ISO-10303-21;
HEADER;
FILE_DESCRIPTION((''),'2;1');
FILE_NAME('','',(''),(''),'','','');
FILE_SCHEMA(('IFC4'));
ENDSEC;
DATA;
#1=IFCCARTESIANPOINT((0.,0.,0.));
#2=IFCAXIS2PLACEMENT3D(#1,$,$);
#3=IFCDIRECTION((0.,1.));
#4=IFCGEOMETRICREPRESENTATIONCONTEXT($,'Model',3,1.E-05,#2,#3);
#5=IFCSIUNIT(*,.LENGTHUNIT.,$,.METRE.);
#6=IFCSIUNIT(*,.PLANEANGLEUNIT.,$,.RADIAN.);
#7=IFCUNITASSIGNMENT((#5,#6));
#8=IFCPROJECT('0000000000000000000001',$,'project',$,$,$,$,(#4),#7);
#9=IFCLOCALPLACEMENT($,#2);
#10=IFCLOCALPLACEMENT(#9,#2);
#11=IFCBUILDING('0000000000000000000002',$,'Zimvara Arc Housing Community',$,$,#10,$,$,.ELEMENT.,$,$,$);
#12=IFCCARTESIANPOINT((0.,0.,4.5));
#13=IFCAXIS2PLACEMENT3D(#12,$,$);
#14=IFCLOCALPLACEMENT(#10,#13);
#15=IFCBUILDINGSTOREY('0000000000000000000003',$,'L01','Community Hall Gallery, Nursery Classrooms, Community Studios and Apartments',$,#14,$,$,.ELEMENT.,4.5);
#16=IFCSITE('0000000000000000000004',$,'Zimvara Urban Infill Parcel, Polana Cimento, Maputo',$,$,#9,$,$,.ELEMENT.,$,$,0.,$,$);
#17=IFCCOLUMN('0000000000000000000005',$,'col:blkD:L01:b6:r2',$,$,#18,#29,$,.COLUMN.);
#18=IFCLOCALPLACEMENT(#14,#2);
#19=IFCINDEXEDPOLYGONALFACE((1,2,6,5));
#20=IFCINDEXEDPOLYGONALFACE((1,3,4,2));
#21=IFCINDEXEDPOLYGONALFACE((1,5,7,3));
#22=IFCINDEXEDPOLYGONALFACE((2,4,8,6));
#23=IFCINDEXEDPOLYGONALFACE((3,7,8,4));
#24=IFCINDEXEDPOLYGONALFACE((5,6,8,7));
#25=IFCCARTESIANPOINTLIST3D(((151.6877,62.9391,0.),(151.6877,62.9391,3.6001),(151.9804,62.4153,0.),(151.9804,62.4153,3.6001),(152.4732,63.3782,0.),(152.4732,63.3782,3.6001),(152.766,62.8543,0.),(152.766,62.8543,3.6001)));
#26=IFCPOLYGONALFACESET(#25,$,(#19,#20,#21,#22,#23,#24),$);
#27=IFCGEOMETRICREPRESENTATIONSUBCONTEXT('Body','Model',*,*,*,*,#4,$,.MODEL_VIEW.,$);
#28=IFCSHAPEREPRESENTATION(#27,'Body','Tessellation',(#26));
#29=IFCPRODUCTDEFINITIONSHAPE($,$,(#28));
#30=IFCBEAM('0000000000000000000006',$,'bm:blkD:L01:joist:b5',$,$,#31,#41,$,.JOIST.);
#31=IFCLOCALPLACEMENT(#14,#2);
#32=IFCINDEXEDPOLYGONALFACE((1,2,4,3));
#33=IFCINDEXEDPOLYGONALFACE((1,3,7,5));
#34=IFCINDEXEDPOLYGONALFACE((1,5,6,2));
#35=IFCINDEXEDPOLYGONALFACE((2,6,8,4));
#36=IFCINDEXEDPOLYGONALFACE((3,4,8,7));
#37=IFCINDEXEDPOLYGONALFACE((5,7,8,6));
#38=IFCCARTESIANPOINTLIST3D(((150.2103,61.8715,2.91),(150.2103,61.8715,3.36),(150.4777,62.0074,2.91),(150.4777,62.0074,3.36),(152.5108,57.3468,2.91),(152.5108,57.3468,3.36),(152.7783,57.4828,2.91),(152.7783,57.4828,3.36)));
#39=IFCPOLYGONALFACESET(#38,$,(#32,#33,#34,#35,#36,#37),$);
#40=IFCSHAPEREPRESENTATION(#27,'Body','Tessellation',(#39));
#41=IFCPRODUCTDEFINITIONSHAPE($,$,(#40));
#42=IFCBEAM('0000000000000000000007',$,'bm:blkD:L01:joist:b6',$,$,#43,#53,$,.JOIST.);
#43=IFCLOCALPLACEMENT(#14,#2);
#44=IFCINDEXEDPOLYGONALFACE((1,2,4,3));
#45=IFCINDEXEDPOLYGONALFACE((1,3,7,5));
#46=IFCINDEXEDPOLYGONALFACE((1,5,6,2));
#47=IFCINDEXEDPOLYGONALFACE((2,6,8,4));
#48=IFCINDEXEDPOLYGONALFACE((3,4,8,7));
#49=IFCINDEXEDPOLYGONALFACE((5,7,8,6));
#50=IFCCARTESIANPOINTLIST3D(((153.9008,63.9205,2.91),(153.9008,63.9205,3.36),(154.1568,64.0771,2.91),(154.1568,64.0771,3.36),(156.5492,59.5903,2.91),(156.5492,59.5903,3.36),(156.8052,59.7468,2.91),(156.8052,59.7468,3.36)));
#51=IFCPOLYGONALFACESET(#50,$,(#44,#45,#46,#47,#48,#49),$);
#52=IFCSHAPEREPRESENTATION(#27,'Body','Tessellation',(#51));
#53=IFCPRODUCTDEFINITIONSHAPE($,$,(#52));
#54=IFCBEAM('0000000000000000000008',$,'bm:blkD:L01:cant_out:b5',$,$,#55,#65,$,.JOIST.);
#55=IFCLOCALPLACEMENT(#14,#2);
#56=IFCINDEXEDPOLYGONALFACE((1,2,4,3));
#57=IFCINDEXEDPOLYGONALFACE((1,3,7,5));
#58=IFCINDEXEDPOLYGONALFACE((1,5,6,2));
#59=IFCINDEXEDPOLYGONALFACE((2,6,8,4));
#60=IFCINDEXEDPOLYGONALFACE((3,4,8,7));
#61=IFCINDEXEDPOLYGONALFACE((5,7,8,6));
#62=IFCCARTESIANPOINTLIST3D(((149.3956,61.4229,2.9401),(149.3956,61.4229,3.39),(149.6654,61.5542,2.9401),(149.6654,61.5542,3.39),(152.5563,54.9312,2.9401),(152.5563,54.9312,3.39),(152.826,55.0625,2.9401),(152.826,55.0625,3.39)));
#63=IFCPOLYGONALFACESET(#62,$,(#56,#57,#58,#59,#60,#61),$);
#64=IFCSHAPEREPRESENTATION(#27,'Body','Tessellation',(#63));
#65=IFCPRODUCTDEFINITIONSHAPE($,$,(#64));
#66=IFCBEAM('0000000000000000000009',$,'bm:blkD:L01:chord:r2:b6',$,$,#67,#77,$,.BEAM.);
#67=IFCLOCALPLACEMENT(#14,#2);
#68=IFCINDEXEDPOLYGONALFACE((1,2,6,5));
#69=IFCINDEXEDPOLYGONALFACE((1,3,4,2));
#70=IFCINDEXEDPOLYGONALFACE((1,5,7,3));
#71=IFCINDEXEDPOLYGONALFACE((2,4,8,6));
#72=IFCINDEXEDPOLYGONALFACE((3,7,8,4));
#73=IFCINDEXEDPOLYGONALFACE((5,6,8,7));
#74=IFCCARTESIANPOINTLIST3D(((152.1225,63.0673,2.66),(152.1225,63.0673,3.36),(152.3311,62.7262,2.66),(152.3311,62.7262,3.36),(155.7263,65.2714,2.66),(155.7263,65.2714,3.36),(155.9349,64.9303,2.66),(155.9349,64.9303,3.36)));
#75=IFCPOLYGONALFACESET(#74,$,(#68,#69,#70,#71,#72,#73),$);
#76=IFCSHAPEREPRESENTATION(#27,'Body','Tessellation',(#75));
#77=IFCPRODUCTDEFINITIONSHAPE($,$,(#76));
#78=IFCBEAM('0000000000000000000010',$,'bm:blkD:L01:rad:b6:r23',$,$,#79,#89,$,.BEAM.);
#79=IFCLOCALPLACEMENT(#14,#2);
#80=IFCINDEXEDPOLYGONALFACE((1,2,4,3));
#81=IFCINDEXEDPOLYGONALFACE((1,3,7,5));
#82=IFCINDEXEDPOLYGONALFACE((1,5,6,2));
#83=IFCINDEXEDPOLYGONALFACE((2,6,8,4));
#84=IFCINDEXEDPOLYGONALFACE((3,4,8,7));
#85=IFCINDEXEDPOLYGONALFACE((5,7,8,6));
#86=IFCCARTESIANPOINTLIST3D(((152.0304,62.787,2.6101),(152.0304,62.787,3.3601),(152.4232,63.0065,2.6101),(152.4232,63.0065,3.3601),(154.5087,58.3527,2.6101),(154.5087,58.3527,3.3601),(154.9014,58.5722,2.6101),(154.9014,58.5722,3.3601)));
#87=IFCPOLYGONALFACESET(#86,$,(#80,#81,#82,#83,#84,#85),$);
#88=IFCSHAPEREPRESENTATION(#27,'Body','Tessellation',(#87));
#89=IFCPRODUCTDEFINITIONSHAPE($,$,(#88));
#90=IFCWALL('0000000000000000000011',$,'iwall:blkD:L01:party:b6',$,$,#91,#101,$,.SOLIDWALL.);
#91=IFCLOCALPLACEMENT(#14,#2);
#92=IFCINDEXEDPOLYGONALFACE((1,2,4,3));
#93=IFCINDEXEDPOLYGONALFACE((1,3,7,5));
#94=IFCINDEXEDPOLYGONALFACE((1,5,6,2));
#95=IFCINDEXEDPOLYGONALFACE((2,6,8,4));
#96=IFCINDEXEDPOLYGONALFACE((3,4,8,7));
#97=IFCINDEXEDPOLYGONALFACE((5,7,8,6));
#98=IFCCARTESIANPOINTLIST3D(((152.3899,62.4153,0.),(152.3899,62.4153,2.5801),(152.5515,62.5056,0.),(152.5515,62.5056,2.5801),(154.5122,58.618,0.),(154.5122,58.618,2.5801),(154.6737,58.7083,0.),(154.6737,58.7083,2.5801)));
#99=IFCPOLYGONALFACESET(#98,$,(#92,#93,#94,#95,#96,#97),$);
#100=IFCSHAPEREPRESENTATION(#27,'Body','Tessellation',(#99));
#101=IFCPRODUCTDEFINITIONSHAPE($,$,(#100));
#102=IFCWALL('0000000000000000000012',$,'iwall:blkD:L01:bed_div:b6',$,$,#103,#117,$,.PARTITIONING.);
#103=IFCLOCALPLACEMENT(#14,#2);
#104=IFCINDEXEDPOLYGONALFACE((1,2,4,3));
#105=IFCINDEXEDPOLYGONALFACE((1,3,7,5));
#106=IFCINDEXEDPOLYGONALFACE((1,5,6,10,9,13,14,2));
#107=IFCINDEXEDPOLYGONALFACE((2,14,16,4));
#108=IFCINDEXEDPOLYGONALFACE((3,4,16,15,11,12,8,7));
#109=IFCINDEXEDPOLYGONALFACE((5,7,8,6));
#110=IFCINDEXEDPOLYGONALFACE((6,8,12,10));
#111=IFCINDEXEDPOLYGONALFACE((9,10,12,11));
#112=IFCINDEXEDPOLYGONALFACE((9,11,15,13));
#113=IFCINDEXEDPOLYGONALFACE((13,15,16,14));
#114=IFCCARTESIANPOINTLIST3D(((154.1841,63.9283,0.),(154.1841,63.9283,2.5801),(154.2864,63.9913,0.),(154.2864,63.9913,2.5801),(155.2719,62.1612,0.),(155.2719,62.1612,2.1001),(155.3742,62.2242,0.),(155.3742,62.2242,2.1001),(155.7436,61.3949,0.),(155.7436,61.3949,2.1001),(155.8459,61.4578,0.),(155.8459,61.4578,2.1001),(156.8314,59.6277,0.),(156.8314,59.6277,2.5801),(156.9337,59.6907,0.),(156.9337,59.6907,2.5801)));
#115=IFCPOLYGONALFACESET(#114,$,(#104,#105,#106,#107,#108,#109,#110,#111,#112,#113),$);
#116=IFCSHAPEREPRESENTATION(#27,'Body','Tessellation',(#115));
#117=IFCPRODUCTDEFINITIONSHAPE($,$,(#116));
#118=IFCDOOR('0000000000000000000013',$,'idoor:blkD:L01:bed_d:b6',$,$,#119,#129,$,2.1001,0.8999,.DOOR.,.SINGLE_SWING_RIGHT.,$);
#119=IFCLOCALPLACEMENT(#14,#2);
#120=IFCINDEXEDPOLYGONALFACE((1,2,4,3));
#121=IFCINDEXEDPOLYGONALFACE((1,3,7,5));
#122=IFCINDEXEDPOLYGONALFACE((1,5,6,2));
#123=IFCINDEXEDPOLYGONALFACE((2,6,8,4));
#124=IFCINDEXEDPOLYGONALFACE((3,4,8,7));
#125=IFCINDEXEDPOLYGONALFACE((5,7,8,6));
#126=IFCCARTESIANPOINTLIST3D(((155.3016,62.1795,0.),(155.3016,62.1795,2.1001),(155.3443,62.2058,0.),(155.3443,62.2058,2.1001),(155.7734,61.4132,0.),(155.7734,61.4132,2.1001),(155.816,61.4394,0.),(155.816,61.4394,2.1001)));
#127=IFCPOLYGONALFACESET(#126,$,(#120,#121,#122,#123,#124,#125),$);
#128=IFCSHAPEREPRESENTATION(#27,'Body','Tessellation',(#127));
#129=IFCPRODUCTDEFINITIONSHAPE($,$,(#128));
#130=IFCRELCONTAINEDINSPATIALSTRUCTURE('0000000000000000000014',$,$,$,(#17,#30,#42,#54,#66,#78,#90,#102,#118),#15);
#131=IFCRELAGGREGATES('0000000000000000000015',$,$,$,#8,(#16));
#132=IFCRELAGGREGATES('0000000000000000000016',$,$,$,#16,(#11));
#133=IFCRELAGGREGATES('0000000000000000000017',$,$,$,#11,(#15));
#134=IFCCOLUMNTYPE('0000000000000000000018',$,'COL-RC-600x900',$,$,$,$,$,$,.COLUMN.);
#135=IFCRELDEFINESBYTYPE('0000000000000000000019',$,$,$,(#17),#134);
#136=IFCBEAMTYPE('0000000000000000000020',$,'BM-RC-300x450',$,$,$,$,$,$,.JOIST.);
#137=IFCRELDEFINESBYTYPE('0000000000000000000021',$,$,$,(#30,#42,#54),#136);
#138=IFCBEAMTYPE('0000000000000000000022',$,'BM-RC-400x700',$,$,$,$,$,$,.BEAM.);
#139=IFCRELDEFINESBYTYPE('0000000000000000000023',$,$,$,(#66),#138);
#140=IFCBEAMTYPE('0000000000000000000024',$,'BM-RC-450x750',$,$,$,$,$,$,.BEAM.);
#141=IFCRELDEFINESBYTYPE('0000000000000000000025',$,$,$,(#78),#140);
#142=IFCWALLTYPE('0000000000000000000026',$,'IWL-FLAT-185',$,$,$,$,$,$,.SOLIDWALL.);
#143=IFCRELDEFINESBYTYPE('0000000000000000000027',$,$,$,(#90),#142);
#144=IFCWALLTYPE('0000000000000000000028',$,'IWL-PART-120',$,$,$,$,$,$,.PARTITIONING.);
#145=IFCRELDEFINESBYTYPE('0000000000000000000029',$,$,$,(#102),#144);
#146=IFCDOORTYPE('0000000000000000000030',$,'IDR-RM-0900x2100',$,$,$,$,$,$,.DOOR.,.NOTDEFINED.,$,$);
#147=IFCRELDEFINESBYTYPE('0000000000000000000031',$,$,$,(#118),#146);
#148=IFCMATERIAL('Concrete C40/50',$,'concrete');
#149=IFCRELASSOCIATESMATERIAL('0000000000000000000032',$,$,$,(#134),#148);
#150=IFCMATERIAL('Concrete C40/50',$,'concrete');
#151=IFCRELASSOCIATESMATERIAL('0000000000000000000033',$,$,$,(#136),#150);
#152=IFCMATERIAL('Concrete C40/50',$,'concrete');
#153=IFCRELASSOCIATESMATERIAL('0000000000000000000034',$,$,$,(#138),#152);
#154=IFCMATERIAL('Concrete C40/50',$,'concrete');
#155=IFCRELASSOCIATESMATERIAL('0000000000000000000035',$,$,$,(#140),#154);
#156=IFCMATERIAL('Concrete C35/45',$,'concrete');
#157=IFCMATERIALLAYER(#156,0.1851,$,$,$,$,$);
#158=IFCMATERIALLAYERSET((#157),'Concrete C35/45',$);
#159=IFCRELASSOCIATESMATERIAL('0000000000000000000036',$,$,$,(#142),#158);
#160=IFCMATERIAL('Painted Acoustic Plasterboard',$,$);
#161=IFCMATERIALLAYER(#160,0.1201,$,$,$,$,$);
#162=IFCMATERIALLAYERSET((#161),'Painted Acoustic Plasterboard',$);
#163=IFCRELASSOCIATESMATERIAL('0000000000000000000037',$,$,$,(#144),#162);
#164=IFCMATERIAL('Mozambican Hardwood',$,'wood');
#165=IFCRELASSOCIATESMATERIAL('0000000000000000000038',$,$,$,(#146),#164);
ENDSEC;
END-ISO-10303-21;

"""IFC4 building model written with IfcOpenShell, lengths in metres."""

from ifc_helpers import new_model, si_unit, direction, frame, frame_2d, origin, origin_2d, place, context, subcontext, project, spatial, rectangle, extrude, material, layer, layer_set, material_profile, profile_set, type_object, element, fill, save


model = new_model("IFC4")

# Units and contexts
model_context = context("Model", 3, precision=1e-05, world=origin(), true_north=direction((0.0, 1.0)))
body_context = subcontext(model_context, "Body", "Model", "MODEL_VIEW")
ifc_project = project(units=[si_unit("LENGTHUNIT", "METRE"), si_unit("PLANEANGLEUNIT", "RADIAN")], contexts=[model_context])

# Site, building, storey
site_placement = place(None, origin())
site = spatial("IfcSite", under=ifc_project, at=site_placement, Name="Zimvara Urban Infill Parcel, Polana Cimento, Maputo", CompositionType="ELEMENT", RefElevation=0.0)
building_placement = place(site_placement, origin())
building = spatial("IfcBuilding", under=site, at=building_placement, Name="Zimvara Arc Housing Community", CompositionType="ELEMENT")
storey_placement = place(building_placement, frame((0.0, 0.0, 4.5)))
storey = spatial("IfcBuildingStorey", under=building, at=storey_placement, Name="L01", Description="Community Hall Gallery, Nursery Classrooms, Community Studios and Apartments", CompositionType="ELEMENT", Elevation=4.5)

# Column
ifc_material_1 = material(Name="Concrete C40/50", Category="concrete")
ifc_material_profile_1 = material_profile(ifc_material_1, rectangle(XDim=0.6001, YDim=0.8999, at=origin_2d()), Name="RC 600x900")
ifc_profile_set_1 = profile_set([ifc_material_profile_1], Name="Concrete C40/50")
column_type = type_object("IfcColumnType", Name="COL-RC-600x900", PredefinedType="COLUMN", material=ifc_profile_set_1)
column_placement = place(storey_placement, frame((152.2268, 62.8967, 0.0), z_axis=(0.0, 0.0, 1.0), x_axis=(0.48786, -0.872922, 0.0)))
element("IfcColumn", 1, at=column_placement, inside=storey, type_object=column_type, Name="col:blkD:L01:b6:r2", PredefinedType="COLUMN", context=body_context, shape_type="SweptSolid", body=[
    extrude(rectangle(XDim=0.6001, YDim=0.8999, at=origin_2d()), origin(), (0.0, 0.0, 1.0), 3.6001),
])

# Beams
ifc_material_2 = material(Name="Concrete C40/50", Category="concrete")
ifc_material_profile_2 = material_profile(ifc_material_2, rectangle(XDim=0.3, YDim=0.45, at=origin_2d()), Name="RC 300x450")
ifc_profile_set_2 = profile_set([ifc_material_profile_2], Name="Concrete C40/50")
beam_type_1 = type_object("IfcBeamType", Name="BM-RC-300x450", PredefinedType="JOIST", material=ifc_profile_set_2)
for number, where, z_axis, x_axis, name in (
    (2, (150.344, 61.9395, 3.135), (0.453225, -0.891396, 0.0), (0.891396, 0.453225, 0.0), "bm:blkD:L01:joist:b5"),
    (3, (154.0288, 63.9988, 3.135), (0.521755, -0.853095, 0.0), (0.853095, 0.521755, 0.0), "bm:blkD:L01:joist:b6"),
):
    element("IfcBeam", number, at=place(storey_placement, frame(where, z_axis=z_axis, x_axis=x_axis)), inside=storey, type_object=beam_type_1, Name=name, PredefinedType="JOIST", context=body_context, shape_type="SweptSolid", body=[
        extrude(rectangle(XDim=0.3, YDim=0.45, at=origin_2d()), origin(), (0.0, 0.0, 1.0), 5.0759),
    ])
beam_1_placement = place(storey_placement, frame((149.5305, 61.4885, 3.165), z_axis=(0.437748, -0.899098, 0.0), x_axis=(0.899098, 0.437748, 0.0)))
element("IfcBeam", 4, at=beam_1_placement, inside=storey, type_object=beam_type_1, Name="bm:blkD:L01:cant_out:b5", PredefinedType="JOIST", context=body_context, shape_type="SweptSolid", body=[
    extrude(rectangle(XDim=0.3, YDim=0.45, at=origin_2d()), origin(), (0.0, 0.0, 1.0), 7.2202),
])
ifc_material_3 = material(Name="Concrete C40/50", Category="concrete")
ifc_material_profile_3 = material_profile(ifc_material_3, rectangle(XDim=0.3999, YDim=0.7, at=origin_2d()), Name="RC 400x700")
ifc_profile_set_3 = profile_set([ifc_material_profile_3], Name="Concrete C40/50")
beam_type_2 = type_object("IfcBeamType", Name="BM-RC-400x700", PredefinedType="BEAM", material=ifc_profile_set_3)
beam_2_placement = place(storey_placement, frame((152.2268, 62.8967, 3.01), z_axis=(0.853092, 0.521761, 0.0), x_axis=(-0.521761, 0.853092, 0.0)))
element("IfcBeam", 5, at=beam_2_placement, inside=storey, type_object=beam_type_2, Name="bm:blkD:L01:chord:r2:b6", PredefinedType="BEAM", context=body_context, shape_type="SweptSolid", body=[
    extrude(rectangle(XDim=0.3999, YDim=0.7, at=origin_2d()), origin(), (0.0, 0.0, 1.0), 4.2244),
])
ifc_material_4 = material(Name="Concrete C40/50", Category="concrete")
ifc_material_profile_4 = material_profile(ifc_material_4, rectangle(XDim=0.45, YDim=0.75, at=origin_2d()), Name="RC 450x750")
ifc_profile_set_4 = profile_set([ifc_material_profile_4], Name="Concrete C40/50")
beam_type_3 = type_object("IfcBeamType", Name="BM-RC-450x750", PredefinedType="BEAM", material=ifc_profile_set_4)
beam_3_placement = place(storey_placement, frame((152.2268, 62.8967, 2.9851), z_axis=(0.487861, -0.872921, 0.0), x_axis=(0.872921, 0.487861, 0.0)))
element("IfcBeam", 6, at=beam_3_placement, inside=storey, type_object=beam_type_3, Name="bm:blkD:L01:rad:b6:r23", PredefinedType="BEAM", context=body_context, shape_type="SweptSolid", body=[
    extrude(rectangle(XDim=0.45, YDim=0.75, at=origin_2d()), origin(), (0.0, 0.0, 1.0), 5.0798),
])

# Wall
ifc_material_5 = material(Name="Concrete C35/45", Category="concrete")
ifc_layer_1 = layer(ifc_material_5, 0.1851)
ifc_layer_set_1 = layer_set([ifc_layer_1], Name="Concrete C35/45")
wall_type_1 = type_object("IfcWallType", Name="IWL-FLAT-185", PredefinedType="SOLIDWALL", material=ifc_layer_set_1)
wall_1_placement = place(storey_placement, frame((152.4707, 62.4604, 0.0), z_axis=(0.0, 0.0, 1.0), x_axis=(0.487867, -0.872918, 0.0)))
element("IfcWall", 7, at=wall_1_placement, inside=storey, type_object=wall_type_1, Name="iwall:blkD:L01:party:b6", PredefinedType="SOLIDWALL", context=body_context, shape_type="SweptSolid", body=[
    extrude(rectangle(XDim=4.3501, YDim=0.1851, at=frame_2d((2.175, 0.0))), origin(), (0.0, 0.0, 1.0), 2.5801),
])

# Wall, opening, door
ifc_material_6 = material(Name="Painted Acoustic Plasterboard")
ifc_layer_2 = layer(ifc_material_6, 0.1201)
ifc_layer_set_2 = layer_set([ifc_layer_2], Name="Painted Acoustic Plasterboard")
wall_type_2 = type_object("IfcWallType", Name="IWL-PART-120", PredefinedType="PARTITIONING", material=ifc_layer_set_2)
wall_2_placement = place(storey_placement, frame((154.2354, 63.9597, 0.0), z_axis=(0.0, 0.0, 1.0), x_axis=(0.524203, -0.851594, 0.0)))
wall_2 = element("IfcWall", 8, at=wall_2_placement, inside=storey, type_object=wall_type_2, Name="iwall:blkD:L01:bed_div:b6", PredefinedType="PARTITIONING", context=body_context, shape_type="SweptSolid", body=[
    extrude(rectangle(XDim=5.05, YDim=0.1201, at=frame_2d((2.5249, 0.0))), origin(), (0.0, 0.0, 1.0), 2.5801),
])
opening_1_placement = place(wall_2_placement, frame((2.075, 0.0, 0.0)))
opening_1 = element("IfcOpeningElement", 9, at=opening_1_placement, cuts=wall_2, PredefinedType="OPENING", context=body_context, shape_type="SweptSolid", body=[
    extrude(rectangle(XDim=0.8999, YDim=2.1001, at=frame_2d((0.45, 1.05))), frame((0.0, 0.0701, 0.0), z_axis=(0.0, -1.0, 0.0), x_axis=(1.0, 0.0, 0.0)), (0.0, 0.0, 1.0), 0.1401),
])
ifc_material_7 = material(Name="Mozambican Hardwood", Category="wood")
door_type_1 = type_object("IfcDoorType", Name="IDR-RM-0900x2100", OperationType="NOTDEFINED", PredefinedType="DOOR", material=ifc_material_7)
door_1_placement = place(opening_1_placement, origin())
door_1 = element("IfcDoor", 10, at=door_1_placement, inside=storey, type_object=door_type_1, Name="idoor:blkD:L01:bed_d:b6", OperationType="SINGLE_SWING_RIGHT", OverallHeight=2.1001, OverallWidth=0.8999, PredefinedType="DOOR", context=body_context, shape_type="SweptSolid", body=[
    extrude(rectangle(XDim=0.8999, YDim=2.1001, at=frame_2d((0.45, 1.05))), frame((0.0, 0.0249, 0.0), z_axis=(0.0, -1.0, 0.0), x_axis=(1.0, 0.0, 0.0)), (0.0, 0.0, 1.0), 0.05),
])
fill(opening_1, door_1)

save(model, "model.ifc")
